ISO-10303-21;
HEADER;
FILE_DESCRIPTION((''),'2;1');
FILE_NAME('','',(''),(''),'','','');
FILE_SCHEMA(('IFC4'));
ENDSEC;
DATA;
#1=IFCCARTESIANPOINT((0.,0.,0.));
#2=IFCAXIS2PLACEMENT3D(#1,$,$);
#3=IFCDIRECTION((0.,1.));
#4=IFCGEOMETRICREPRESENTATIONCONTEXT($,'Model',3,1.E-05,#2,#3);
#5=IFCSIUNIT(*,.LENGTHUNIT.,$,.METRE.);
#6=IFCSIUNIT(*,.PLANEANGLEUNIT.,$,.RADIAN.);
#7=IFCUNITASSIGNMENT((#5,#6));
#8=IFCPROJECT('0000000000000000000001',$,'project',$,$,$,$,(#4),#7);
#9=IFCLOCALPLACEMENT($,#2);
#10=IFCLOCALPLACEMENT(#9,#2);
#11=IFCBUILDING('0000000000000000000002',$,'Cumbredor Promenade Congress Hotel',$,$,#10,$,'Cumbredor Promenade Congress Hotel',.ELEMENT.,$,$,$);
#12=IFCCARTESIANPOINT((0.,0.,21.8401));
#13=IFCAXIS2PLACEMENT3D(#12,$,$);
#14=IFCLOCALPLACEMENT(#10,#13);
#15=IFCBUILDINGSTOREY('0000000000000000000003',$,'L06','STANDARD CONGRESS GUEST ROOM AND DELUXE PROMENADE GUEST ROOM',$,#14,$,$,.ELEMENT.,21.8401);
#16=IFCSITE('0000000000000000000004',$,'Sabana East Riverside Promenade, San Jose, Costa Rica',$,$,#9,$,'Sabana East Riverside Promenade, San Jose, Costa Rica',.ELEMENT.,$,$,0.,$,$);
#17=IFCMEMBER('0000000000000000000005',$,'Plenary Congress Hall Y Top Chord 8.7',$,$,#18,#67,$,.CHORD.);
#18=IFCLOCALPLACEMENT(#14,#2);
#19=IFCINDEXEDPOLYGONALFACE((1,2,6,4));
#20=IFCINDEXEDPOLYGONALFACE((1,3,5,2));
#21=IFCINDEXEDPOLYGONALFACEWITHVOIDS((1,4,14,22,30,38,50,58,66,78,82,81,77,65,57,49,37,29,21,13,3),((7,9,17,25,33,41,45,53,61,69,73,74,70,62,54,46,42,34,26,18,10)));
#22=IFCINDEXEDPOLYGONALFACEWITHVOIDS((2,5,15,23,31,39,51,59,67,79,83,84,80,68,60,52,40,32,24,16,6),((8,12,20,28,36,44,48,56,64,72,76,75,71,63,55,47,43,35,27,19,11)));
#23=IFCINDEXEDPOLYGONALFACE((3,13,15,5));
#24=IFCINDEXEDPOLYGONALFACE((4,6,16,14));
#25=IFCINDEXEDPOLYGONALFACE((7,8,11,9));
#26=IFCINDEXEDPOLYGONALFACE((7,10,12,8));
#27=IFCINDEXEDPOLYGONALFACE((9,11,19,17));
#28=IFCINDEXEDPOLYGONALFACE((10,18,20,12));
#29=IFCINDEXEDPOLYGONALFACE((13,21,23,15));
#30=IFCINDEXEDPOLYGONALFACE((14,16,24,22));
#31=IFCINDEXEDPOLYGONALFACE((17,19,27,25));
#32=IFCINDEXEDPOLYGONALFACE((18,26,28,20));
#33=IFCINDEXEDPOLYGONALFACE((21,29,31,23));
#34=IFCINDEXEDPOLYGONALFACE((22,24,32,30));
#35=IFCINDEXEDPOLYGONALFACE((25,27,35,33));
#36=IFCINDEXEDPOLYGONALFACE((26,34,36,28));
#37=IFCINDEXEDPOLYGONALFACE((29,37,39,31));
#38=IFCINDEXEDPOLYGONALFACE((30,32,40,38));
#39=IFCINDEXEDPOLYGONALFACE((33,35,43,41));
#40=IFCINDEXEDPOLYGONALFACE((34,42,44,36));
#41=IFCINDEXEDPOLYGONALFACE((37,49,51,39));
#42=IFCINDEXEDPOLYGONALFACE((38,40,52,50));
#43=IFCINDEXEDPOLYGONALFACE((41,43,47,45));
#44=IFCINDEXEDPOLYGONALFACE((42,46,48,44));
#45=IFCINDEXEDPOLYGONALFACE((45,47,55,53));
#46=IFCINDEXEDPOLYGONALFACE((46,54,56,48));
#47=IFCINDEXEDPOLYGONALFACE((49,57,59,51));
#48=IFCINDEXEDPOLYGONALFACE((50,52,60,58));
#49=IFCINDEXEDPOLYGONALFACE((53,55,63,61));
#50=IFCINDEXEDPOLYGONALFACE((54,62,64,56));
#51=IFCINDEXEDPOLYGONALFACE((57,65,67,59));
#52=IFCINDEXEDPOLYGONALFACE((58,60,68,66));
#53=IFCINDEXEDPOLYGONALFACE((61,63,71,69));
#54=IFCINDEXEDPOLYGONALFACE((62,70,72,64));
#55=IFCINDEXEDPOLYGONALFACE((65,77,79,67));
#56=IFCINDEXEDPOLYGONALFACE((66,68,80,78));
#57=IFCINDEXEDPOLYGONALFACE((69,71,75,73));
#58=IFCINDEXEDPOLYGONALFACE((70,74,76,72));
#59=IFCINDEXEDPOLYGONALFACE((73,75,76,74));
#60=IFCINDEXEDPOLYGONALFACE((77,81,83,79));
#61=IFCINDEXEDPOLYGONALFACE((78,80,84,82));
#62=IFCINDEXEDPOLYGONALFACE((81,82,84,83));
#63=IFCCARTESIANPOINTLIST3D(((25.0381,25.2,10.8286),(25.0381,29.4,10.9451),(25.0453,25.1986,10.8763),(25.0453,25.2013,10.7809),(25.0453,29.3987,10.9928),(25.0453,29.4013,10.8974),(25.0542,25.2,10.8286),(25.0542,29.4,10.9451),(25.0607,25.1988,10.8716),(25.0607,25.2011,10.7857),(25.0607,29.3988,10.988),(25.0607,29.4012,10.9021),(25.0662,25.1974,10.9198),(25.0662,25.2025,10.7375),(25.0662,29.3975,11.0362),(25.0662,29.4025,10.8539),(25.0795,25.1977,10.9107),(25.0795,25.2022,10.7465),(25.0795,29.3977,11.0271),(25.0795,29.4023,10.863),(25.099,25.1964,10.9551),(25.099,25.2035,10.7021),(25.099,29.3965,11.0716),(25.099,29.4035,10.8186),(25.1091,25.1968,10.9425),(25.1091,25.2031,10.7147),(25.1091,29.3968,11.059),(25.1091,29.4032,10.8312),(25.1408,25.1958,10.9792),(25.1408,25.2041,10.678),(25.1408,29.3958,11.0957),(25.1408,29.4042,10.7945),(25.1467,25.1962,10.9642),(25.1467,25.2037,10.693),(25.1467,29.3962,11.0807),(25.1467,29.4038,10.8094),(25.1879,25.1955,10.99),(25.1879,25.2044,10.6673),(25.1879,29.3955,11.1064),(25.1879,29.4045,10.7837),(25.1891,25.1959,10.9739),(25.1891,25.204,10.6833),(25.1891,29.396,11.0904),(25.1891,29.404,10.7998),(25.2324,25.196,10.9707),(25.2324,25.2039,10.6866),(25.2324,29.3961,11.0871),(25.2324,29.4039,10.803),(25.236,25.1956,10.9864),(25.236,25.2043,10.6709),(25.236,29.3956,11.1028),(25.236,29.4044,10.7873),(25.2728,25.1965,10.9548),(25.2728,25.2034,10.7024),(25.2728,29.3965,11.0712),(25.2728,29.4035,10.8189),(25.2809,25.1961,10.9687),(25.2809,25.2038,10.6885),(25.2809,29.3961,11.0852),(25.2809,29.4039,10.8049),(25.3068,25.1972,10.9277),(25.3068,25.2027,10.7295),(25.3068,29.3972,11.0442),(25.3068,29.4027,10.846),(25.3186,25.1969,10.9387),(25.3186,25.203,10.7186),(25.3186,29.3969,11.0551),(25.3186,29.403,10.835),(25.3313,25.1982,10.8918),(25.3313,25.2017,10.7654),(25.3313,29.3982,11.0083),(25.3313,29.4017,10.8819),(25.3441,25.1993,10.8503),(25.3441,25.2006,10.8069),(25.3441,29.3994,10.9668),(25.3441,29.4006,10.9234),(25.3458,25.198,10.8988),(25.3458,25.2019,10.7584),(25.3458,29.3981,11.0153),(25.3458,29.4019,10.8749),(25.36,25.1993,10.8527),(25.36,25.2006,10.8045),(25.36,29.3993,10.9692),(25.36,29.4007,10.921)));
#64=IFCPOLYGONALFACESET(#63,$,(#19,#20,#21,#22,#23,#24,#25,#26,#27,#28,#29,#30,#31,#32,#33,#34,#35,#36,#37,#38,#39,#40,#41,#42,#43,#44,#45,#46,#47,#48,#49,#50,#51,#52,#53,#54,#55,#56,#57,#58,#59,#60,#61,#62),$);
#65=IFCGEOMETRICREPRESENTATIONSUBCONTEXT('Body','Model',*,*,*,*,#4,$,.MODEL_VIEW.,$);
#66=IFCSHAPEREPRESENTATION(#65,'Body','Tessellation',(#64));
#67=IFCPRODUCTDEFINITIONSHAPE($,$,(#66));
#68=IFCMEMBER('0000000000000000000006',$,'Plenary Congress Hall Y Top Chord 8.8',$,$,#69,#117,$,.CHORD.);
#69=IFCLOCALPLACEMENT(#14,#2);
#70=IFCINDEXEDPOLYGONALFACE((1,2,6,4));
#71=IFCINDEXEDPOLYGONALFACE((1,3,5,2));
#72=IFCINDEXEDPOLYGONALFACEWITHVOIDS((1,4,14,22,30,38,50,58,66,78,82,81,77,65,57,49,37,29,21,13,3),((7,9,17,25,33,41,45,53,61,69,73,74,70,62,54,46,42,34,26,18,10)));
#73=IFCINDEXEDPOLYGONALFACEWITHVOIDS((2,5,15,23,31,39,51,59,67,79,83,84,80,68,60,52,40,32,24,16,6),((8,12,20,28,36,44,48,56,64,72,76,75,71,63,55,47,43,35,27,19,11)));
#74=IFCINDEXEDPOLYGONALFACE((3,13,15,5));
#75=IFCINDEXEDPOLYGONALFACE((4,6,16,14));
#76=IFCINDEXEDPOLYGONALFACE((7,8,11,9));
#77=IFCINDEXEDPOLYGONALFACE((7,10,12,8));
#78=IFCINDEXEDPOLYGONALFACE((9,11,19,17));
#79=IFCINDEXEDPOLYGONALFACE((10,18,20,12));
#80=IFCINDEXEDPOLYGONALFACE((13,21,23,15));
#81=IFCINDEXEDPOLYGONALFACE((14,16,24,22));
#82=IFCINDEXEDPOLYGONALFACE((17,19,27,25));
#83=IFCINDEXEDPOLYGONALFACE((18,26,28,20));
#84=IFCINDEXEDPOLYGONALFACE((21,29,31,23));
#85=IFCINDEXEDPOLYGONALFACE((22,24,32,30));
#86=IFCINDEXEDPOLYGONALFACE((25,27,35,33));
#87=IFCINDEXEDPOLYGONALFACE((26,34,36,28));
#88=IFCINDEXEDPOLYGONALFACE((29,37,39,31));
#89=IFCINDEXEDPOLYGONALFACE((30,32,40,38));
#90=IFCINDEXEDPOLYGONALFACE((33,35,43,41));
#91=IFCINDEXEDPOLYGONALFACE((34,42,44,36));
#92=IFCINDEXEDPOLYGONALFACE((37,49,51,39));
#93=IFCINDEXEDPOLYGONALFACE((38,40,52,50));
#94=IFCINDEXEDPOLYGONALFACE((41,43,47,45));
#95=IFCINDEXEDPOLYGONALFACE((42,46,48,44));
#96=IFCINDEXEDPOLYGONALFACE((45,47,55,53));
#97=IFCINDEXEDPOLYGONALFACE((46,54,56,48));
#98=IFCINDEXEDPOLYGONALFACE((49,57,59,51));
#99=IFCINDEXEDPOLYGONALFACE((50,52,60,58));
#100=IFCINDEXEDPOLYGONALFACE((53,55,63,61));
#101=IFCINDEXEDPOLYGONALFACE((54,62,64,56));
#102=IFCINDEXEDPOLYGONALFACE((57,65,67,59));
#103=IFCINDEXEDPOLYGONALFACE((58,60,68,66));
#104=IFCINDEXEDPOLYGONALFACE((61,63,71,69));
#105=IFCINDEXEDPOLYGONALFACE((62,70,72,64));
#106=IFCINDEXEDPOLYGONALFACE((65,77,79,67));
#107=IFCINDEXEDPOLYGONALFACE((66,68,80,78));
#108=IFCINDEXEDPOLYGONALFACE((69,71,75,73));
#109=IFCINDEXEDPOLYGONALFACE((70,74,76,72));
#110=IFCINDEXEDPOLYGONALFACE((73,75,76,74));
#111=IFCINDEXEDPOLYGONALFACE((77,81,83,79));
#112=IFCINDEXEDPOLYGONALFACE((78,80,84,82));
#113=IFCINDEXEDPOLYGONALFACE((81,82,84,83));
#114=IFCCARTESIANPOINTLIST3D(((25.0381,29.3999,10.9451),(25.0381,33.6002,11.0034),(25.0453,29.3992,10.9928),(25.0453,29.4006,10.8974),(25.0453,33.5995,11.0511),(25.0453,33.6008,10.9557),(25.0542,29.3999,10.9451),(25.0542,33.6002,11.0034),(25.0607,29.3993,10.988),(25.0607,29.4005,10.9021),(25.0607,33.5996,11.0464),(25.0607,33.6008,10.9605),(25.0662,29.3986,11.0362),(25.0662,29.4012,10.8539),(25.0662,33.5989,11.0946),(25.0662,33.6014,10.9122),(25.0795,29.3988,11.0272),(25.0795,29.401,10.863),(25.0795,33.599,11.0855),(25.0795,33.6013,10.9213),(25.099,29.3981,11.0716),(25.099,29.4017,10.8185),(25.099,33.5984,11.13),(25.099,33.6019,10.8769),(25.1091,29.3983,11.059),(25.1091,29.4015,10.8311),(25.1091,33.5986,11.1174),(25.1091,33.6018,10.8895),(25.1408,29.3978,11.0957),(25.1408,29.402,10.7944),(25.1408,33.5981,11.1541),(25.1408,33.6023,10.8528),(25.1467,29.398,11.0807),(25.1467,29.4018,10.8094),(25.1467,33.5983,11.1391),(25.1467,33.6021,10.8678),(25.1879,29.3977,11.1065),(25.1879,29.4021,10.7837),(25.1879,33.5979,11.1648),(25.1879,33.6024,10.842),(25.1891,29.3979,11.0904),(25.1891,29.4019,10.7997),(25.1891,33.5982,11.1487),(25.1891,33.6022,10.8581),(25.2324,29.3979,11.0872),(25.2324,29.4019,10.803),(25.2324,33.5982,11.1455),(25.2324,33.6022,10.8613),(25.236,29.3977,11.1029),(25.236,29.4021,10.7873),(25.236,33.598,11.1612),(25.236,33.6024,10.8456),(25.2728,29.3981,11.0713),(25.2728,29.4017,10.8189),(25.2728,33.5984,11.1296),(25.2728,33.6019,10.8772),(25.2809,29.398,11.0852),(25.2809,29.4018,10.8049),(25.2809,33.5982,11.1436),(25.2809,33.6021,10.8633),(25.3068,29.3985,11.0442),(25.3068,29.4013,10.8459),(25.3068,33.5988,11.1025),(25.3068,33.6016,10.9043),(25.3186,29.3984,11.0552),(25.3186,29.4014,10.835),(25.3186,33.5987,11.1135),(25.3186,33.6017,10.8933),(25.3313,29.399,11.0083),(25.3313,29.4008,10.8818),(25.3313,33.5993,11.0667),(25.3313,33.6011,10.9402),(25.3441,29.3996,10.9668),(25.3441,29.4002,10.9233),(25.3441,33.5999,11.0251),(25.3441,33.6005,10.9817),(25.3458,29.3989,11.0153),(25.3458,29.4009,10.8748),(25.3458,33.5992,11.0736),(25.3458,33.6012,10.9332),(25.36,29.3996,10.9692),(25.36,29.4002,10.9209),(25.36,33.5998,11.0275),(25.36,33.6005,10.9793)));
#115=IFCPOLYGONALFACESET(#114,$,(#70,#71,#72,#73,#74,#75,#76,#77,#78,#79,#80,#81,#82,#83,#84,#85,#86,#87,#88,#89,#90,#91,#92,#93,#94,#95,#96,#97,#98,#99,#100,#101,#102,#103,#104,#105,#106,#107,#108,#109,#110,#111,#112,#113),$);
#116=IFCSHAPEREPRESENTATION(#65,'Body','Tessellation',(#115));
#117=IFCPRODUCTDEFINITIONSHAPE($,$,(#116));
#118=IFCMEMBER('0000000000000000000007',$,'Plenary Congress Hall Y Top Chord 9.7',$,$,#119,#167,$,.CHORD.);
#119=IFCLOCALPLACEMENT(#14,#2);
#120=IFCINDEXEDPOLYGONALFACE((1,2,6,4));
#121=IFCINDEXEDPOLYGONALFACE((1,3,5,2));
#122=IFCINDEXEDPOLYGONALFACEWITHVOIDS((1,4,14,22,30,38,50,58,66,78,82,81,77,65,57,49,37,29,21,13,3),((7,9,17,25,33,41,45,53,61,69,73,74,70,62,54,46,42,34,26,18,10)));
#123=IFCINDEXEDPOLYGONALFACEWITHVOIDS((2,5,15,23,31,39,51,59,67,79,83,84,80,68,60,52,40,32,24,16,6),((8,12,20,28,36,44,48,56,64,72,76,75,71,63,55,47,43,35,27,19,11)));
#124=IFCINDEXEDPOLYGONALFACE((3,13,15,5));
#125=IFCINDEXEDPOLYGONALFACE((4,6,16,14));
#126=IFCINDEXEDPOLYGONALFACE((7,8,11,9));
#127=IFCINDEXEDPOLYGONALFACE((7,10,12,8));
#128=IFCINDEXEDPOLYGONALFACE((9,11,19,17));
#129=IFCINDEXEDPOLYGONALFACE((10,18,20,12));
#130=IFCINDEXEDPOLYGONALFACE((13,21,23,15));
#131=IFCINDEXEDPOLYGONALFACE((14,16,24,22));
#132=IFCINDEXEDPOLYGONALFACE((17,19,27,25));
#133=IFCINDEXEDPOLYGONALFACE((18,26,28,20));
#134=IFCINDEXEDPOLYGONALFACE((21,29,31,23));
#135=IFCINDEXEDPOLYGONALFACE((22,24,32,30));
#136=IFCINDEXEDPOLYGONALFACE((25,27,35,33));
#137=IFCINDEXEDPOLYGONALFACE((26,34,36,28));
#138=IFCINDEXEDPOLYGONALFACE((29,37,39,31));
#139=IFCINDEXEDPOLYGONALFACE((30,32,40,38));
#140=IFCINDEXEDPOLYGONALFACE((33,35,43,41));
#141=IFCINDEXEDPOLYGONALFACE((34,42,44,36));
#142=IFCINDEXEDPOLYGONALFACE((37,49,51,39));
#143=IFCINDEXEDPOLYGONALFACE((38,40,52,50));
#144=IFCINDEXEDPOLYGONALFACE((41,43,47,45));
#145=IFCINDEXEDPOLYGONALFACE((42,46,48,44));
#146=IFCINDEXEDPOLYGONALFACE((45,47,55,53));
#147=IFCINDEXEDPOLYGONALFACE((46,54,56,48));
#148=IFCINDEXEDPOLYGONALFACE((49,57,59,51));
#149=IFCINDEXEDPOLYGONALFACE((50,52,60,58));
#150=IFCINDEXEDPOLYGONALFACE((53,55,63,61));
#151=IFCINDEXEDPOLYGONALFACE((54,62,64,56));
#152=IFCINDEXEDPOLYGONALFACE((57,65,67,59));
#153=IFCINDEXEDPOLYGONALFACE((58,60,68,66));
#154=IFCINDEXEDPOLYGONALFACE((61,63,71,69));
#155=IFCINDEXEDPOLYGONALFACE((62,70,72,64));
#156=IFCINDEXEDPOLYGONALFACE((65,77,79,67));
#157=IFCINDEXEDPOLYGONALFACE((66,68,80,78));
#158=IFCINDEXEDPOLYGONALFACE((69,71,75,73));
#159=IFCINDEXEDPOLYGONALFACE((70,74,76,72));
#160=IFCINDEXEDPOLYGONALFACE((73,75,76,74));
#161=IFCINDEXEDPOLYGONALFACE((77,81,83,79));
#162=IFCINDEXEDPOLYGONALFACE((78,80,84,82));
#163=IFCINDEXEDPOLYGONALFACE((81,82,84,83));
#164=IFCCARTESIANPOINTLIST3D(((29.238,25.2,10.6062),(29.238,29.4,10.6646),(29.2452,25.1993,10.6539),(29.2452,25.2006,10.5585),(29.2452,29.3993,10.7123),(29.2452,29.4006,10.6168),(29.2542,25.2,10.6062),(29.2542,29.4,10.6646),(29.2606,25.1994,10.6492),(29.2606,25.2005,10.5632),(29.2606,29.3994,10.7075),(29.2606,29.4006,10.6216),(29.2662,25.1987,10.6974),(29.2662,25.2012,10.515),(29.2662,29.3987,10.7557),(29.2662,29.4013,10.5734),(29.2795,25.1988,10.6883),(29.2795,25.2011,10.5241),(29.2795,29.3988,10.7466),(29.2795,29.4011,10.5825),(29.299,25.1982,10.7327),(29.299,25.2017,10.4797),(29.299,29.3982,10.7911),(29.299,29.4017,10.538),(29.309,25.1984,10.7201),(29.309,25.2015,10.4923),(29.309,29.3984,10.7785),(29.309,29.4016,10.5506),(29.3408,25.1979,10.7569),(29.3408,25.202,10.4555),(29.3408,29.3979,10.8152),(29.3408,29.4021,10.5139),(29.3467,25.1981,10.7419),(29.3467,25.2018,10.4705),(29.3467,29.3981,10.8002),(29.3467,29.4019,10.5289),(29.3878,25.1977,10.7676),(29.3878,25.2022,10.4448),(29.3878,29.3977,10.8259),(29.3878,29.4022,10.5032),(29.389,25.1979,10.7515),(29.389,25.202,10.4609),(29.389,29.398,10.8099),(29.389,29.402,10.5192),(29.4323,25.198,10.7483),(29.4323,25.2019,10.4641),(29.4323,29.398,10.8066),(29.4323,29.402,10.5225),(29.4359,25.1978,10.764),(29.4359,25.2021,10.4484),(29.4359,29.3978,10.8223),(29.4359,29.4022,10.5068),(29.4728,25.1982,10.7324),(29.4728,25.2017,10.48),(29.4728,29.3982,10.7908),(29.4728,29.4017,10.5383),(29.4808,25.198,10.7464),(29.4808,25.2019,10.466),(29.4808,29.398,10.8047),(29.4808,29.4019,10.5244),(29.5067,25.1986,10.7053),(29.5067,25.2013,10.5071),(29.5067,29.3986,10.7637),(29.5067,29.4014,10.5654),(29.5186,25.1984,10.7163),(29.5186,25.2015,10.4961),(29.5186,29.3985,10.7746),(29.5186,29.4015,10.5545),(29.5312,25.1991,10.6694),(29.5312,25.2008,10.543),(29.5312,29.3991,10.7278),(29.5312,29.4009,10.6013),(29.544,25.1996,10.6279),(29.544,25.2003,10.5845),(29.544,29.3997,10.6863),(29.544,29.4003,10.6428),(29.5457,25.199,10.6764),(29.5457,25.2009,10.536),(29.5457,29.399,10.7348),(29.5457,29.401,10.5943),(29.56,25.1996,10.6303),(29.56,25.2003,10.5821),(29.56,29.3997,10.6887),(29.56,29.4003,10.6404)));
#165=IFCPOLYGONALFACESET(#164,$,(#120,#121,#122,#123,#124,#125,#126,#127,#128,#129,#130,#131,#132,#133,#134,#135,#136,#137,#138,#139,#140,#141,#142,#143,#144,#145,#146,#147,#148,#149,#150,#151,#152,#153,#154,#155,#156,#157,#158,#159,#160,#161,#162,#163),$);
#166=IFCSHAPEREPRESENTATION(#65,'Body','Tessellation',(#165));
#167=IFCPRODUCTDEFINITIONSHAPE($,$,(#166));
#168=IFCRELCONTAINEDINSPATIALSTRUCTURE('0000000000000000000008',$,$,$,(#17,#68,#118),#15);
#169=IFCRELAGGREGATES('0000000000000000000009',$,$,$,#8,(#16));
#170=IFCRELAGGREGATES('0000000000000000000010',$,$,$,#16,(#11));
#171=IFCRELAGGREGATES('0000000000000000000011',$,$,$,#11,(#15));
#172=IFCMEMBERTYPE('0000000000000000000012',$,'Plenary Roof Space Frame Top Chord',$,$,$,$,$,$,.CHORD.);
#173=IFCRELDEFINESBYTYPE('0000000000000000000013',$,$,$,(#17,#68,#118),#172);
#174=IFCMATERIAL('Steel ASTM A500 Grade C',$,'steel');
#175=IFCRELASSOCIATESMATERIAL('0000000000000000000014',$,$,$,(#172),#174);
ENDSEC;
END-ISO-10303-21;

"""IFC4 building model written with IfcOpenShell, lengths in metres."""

from ifc_helpers import new_model, si_unit, direction, frame, origin, origin_2d, place, context, subcontext, project, spatial, hollow_circle, extrude, material, material_profile, profile_set, type_object, element, save


model = new_model("IFC4")

# Units and contexts
model_context = context("Model", 3, precision=1e-05, world=origin(), true_north=direction((0.0, 1.0)))
body_context = subcontext(model_context, "Body", "Model", "MODEL_VIEW")
ifc_project = project(units=[si_unit("LENGTHUNIT", "METRE"), si_unit("PLANEANGLEUNIT", "RADIAN")], contexts=[model_context])

# Site, building, storey
site_placement = place(None, origin())
site = spatial("IfcSite", under=ifc_project, at=site_placement, Name="Sabana East Riverside Promenade, San Jose, Costa Rica", LongName="Sabana East Riverside Promenade, San Jose, Costa Rica", CompositionType="ELEMENT", RefElevation=0.0)
building_placement = place(site_placement, origin())
building = spatial("IfcBuilding", under=site, at=building_placement, Name="Cumbredor Promenade Congress Hotel", LongName="Cumbredor Promenade Congress Hotel", CompositionType="ELEMENT")
storey_placement = place(building_placement, frame((0.0, 0.0, 21.8401)))
storey = spatial("IfcBuildingStorey", under=building, at=storey_placement, Name="L06", Description="STANDARD CONGRESS GUEST ROOM AND DELUXE PROMENADE GUEST ROOM", CompositionType="ELEMENT", Elevation=21.8401)

# Members
ifc_material_1 = material(Name="Steel ASTM A500 Grade C", Category="steel")
ifc_material_profile_1 = material_profile(ifc_material_1, hollow_circle(Radius=0.1619, WallThickness=0.0161, at=origin_2d()), Name="CHS 323.9x16")
ifc_profile_set_1 = profile_set([ifc_material_profile_1], Name="Steel ASTM A500 Grade C")
member_type_1 = type_object("IfcMemberType", Name="Plenary Roof Space Frame Top Chord", PredefinedType="CHORD", material=ifc_profile_set_1)
member_1_placement = place(storey_placement, frame((25.2, 25.2, 10.8286), z_axis=(0.0, 0.999616, 0.027717), x_axis=(-1.0, 0.0, 0.0)))
element("IfcMember", 1, at=member_1_placement, inside=storey, type_object=member_type_1, Name="Plenary Congress Hall Y Top Chord 8.7", PredefinedType="CHORD", context=body_context, shape_type="SweptSolid", body=[
    extrude(hollow_circle(Radius=0.1619, WallThickness=0.0161, at=origin_2d()), origin(), (0.0, 0.0, 1.0), 4.2017),
])
member_2_placement = place(storey_placement, frame((25.2, 29.3999, 10.9451), z_axis=(0.0, 0.999904, 0.013891), x_axis=(-1.0, 0.0, 0.0)))
element("IfcMember", 2, at=member_2_placement, inside=storey, type_object=member_type_1, Name="Plenary Congress Hall Y Top Chord 8.8", PredefinedType="CHORD", context=body_context, shape_type="SweptSolid", body=[
    extrude(hollow_circle(Radius=0.1619, WallThickness=0.0161, at=origin_2d()), origin(), (0.0, 0.0, 1.0), 4.2007),
])
member_3_placement = place(storey_placement, frame((29.3999, 25.2, 10.6062), z_axis=(0.0, 0.999904, 0.013892), x_axis=(-1.0, 0.0, 0.0)))
element("IfcMember", 3, at=member_3_placement, inside=storey, type_object=member_type_1, Name="Plenary Congress Hall Y Top Chord 9.7", PredefinedType="CHORD", context=body_context, shape_type="SweptSolid", body=[
    extrude(hollow_circle(Radius=0.1619, WallThickness=0.0161, at=origin_2d()), origin(), (0.0, 0.0, 1.0), 4.2004),
])

save(model, "model.ifc")
